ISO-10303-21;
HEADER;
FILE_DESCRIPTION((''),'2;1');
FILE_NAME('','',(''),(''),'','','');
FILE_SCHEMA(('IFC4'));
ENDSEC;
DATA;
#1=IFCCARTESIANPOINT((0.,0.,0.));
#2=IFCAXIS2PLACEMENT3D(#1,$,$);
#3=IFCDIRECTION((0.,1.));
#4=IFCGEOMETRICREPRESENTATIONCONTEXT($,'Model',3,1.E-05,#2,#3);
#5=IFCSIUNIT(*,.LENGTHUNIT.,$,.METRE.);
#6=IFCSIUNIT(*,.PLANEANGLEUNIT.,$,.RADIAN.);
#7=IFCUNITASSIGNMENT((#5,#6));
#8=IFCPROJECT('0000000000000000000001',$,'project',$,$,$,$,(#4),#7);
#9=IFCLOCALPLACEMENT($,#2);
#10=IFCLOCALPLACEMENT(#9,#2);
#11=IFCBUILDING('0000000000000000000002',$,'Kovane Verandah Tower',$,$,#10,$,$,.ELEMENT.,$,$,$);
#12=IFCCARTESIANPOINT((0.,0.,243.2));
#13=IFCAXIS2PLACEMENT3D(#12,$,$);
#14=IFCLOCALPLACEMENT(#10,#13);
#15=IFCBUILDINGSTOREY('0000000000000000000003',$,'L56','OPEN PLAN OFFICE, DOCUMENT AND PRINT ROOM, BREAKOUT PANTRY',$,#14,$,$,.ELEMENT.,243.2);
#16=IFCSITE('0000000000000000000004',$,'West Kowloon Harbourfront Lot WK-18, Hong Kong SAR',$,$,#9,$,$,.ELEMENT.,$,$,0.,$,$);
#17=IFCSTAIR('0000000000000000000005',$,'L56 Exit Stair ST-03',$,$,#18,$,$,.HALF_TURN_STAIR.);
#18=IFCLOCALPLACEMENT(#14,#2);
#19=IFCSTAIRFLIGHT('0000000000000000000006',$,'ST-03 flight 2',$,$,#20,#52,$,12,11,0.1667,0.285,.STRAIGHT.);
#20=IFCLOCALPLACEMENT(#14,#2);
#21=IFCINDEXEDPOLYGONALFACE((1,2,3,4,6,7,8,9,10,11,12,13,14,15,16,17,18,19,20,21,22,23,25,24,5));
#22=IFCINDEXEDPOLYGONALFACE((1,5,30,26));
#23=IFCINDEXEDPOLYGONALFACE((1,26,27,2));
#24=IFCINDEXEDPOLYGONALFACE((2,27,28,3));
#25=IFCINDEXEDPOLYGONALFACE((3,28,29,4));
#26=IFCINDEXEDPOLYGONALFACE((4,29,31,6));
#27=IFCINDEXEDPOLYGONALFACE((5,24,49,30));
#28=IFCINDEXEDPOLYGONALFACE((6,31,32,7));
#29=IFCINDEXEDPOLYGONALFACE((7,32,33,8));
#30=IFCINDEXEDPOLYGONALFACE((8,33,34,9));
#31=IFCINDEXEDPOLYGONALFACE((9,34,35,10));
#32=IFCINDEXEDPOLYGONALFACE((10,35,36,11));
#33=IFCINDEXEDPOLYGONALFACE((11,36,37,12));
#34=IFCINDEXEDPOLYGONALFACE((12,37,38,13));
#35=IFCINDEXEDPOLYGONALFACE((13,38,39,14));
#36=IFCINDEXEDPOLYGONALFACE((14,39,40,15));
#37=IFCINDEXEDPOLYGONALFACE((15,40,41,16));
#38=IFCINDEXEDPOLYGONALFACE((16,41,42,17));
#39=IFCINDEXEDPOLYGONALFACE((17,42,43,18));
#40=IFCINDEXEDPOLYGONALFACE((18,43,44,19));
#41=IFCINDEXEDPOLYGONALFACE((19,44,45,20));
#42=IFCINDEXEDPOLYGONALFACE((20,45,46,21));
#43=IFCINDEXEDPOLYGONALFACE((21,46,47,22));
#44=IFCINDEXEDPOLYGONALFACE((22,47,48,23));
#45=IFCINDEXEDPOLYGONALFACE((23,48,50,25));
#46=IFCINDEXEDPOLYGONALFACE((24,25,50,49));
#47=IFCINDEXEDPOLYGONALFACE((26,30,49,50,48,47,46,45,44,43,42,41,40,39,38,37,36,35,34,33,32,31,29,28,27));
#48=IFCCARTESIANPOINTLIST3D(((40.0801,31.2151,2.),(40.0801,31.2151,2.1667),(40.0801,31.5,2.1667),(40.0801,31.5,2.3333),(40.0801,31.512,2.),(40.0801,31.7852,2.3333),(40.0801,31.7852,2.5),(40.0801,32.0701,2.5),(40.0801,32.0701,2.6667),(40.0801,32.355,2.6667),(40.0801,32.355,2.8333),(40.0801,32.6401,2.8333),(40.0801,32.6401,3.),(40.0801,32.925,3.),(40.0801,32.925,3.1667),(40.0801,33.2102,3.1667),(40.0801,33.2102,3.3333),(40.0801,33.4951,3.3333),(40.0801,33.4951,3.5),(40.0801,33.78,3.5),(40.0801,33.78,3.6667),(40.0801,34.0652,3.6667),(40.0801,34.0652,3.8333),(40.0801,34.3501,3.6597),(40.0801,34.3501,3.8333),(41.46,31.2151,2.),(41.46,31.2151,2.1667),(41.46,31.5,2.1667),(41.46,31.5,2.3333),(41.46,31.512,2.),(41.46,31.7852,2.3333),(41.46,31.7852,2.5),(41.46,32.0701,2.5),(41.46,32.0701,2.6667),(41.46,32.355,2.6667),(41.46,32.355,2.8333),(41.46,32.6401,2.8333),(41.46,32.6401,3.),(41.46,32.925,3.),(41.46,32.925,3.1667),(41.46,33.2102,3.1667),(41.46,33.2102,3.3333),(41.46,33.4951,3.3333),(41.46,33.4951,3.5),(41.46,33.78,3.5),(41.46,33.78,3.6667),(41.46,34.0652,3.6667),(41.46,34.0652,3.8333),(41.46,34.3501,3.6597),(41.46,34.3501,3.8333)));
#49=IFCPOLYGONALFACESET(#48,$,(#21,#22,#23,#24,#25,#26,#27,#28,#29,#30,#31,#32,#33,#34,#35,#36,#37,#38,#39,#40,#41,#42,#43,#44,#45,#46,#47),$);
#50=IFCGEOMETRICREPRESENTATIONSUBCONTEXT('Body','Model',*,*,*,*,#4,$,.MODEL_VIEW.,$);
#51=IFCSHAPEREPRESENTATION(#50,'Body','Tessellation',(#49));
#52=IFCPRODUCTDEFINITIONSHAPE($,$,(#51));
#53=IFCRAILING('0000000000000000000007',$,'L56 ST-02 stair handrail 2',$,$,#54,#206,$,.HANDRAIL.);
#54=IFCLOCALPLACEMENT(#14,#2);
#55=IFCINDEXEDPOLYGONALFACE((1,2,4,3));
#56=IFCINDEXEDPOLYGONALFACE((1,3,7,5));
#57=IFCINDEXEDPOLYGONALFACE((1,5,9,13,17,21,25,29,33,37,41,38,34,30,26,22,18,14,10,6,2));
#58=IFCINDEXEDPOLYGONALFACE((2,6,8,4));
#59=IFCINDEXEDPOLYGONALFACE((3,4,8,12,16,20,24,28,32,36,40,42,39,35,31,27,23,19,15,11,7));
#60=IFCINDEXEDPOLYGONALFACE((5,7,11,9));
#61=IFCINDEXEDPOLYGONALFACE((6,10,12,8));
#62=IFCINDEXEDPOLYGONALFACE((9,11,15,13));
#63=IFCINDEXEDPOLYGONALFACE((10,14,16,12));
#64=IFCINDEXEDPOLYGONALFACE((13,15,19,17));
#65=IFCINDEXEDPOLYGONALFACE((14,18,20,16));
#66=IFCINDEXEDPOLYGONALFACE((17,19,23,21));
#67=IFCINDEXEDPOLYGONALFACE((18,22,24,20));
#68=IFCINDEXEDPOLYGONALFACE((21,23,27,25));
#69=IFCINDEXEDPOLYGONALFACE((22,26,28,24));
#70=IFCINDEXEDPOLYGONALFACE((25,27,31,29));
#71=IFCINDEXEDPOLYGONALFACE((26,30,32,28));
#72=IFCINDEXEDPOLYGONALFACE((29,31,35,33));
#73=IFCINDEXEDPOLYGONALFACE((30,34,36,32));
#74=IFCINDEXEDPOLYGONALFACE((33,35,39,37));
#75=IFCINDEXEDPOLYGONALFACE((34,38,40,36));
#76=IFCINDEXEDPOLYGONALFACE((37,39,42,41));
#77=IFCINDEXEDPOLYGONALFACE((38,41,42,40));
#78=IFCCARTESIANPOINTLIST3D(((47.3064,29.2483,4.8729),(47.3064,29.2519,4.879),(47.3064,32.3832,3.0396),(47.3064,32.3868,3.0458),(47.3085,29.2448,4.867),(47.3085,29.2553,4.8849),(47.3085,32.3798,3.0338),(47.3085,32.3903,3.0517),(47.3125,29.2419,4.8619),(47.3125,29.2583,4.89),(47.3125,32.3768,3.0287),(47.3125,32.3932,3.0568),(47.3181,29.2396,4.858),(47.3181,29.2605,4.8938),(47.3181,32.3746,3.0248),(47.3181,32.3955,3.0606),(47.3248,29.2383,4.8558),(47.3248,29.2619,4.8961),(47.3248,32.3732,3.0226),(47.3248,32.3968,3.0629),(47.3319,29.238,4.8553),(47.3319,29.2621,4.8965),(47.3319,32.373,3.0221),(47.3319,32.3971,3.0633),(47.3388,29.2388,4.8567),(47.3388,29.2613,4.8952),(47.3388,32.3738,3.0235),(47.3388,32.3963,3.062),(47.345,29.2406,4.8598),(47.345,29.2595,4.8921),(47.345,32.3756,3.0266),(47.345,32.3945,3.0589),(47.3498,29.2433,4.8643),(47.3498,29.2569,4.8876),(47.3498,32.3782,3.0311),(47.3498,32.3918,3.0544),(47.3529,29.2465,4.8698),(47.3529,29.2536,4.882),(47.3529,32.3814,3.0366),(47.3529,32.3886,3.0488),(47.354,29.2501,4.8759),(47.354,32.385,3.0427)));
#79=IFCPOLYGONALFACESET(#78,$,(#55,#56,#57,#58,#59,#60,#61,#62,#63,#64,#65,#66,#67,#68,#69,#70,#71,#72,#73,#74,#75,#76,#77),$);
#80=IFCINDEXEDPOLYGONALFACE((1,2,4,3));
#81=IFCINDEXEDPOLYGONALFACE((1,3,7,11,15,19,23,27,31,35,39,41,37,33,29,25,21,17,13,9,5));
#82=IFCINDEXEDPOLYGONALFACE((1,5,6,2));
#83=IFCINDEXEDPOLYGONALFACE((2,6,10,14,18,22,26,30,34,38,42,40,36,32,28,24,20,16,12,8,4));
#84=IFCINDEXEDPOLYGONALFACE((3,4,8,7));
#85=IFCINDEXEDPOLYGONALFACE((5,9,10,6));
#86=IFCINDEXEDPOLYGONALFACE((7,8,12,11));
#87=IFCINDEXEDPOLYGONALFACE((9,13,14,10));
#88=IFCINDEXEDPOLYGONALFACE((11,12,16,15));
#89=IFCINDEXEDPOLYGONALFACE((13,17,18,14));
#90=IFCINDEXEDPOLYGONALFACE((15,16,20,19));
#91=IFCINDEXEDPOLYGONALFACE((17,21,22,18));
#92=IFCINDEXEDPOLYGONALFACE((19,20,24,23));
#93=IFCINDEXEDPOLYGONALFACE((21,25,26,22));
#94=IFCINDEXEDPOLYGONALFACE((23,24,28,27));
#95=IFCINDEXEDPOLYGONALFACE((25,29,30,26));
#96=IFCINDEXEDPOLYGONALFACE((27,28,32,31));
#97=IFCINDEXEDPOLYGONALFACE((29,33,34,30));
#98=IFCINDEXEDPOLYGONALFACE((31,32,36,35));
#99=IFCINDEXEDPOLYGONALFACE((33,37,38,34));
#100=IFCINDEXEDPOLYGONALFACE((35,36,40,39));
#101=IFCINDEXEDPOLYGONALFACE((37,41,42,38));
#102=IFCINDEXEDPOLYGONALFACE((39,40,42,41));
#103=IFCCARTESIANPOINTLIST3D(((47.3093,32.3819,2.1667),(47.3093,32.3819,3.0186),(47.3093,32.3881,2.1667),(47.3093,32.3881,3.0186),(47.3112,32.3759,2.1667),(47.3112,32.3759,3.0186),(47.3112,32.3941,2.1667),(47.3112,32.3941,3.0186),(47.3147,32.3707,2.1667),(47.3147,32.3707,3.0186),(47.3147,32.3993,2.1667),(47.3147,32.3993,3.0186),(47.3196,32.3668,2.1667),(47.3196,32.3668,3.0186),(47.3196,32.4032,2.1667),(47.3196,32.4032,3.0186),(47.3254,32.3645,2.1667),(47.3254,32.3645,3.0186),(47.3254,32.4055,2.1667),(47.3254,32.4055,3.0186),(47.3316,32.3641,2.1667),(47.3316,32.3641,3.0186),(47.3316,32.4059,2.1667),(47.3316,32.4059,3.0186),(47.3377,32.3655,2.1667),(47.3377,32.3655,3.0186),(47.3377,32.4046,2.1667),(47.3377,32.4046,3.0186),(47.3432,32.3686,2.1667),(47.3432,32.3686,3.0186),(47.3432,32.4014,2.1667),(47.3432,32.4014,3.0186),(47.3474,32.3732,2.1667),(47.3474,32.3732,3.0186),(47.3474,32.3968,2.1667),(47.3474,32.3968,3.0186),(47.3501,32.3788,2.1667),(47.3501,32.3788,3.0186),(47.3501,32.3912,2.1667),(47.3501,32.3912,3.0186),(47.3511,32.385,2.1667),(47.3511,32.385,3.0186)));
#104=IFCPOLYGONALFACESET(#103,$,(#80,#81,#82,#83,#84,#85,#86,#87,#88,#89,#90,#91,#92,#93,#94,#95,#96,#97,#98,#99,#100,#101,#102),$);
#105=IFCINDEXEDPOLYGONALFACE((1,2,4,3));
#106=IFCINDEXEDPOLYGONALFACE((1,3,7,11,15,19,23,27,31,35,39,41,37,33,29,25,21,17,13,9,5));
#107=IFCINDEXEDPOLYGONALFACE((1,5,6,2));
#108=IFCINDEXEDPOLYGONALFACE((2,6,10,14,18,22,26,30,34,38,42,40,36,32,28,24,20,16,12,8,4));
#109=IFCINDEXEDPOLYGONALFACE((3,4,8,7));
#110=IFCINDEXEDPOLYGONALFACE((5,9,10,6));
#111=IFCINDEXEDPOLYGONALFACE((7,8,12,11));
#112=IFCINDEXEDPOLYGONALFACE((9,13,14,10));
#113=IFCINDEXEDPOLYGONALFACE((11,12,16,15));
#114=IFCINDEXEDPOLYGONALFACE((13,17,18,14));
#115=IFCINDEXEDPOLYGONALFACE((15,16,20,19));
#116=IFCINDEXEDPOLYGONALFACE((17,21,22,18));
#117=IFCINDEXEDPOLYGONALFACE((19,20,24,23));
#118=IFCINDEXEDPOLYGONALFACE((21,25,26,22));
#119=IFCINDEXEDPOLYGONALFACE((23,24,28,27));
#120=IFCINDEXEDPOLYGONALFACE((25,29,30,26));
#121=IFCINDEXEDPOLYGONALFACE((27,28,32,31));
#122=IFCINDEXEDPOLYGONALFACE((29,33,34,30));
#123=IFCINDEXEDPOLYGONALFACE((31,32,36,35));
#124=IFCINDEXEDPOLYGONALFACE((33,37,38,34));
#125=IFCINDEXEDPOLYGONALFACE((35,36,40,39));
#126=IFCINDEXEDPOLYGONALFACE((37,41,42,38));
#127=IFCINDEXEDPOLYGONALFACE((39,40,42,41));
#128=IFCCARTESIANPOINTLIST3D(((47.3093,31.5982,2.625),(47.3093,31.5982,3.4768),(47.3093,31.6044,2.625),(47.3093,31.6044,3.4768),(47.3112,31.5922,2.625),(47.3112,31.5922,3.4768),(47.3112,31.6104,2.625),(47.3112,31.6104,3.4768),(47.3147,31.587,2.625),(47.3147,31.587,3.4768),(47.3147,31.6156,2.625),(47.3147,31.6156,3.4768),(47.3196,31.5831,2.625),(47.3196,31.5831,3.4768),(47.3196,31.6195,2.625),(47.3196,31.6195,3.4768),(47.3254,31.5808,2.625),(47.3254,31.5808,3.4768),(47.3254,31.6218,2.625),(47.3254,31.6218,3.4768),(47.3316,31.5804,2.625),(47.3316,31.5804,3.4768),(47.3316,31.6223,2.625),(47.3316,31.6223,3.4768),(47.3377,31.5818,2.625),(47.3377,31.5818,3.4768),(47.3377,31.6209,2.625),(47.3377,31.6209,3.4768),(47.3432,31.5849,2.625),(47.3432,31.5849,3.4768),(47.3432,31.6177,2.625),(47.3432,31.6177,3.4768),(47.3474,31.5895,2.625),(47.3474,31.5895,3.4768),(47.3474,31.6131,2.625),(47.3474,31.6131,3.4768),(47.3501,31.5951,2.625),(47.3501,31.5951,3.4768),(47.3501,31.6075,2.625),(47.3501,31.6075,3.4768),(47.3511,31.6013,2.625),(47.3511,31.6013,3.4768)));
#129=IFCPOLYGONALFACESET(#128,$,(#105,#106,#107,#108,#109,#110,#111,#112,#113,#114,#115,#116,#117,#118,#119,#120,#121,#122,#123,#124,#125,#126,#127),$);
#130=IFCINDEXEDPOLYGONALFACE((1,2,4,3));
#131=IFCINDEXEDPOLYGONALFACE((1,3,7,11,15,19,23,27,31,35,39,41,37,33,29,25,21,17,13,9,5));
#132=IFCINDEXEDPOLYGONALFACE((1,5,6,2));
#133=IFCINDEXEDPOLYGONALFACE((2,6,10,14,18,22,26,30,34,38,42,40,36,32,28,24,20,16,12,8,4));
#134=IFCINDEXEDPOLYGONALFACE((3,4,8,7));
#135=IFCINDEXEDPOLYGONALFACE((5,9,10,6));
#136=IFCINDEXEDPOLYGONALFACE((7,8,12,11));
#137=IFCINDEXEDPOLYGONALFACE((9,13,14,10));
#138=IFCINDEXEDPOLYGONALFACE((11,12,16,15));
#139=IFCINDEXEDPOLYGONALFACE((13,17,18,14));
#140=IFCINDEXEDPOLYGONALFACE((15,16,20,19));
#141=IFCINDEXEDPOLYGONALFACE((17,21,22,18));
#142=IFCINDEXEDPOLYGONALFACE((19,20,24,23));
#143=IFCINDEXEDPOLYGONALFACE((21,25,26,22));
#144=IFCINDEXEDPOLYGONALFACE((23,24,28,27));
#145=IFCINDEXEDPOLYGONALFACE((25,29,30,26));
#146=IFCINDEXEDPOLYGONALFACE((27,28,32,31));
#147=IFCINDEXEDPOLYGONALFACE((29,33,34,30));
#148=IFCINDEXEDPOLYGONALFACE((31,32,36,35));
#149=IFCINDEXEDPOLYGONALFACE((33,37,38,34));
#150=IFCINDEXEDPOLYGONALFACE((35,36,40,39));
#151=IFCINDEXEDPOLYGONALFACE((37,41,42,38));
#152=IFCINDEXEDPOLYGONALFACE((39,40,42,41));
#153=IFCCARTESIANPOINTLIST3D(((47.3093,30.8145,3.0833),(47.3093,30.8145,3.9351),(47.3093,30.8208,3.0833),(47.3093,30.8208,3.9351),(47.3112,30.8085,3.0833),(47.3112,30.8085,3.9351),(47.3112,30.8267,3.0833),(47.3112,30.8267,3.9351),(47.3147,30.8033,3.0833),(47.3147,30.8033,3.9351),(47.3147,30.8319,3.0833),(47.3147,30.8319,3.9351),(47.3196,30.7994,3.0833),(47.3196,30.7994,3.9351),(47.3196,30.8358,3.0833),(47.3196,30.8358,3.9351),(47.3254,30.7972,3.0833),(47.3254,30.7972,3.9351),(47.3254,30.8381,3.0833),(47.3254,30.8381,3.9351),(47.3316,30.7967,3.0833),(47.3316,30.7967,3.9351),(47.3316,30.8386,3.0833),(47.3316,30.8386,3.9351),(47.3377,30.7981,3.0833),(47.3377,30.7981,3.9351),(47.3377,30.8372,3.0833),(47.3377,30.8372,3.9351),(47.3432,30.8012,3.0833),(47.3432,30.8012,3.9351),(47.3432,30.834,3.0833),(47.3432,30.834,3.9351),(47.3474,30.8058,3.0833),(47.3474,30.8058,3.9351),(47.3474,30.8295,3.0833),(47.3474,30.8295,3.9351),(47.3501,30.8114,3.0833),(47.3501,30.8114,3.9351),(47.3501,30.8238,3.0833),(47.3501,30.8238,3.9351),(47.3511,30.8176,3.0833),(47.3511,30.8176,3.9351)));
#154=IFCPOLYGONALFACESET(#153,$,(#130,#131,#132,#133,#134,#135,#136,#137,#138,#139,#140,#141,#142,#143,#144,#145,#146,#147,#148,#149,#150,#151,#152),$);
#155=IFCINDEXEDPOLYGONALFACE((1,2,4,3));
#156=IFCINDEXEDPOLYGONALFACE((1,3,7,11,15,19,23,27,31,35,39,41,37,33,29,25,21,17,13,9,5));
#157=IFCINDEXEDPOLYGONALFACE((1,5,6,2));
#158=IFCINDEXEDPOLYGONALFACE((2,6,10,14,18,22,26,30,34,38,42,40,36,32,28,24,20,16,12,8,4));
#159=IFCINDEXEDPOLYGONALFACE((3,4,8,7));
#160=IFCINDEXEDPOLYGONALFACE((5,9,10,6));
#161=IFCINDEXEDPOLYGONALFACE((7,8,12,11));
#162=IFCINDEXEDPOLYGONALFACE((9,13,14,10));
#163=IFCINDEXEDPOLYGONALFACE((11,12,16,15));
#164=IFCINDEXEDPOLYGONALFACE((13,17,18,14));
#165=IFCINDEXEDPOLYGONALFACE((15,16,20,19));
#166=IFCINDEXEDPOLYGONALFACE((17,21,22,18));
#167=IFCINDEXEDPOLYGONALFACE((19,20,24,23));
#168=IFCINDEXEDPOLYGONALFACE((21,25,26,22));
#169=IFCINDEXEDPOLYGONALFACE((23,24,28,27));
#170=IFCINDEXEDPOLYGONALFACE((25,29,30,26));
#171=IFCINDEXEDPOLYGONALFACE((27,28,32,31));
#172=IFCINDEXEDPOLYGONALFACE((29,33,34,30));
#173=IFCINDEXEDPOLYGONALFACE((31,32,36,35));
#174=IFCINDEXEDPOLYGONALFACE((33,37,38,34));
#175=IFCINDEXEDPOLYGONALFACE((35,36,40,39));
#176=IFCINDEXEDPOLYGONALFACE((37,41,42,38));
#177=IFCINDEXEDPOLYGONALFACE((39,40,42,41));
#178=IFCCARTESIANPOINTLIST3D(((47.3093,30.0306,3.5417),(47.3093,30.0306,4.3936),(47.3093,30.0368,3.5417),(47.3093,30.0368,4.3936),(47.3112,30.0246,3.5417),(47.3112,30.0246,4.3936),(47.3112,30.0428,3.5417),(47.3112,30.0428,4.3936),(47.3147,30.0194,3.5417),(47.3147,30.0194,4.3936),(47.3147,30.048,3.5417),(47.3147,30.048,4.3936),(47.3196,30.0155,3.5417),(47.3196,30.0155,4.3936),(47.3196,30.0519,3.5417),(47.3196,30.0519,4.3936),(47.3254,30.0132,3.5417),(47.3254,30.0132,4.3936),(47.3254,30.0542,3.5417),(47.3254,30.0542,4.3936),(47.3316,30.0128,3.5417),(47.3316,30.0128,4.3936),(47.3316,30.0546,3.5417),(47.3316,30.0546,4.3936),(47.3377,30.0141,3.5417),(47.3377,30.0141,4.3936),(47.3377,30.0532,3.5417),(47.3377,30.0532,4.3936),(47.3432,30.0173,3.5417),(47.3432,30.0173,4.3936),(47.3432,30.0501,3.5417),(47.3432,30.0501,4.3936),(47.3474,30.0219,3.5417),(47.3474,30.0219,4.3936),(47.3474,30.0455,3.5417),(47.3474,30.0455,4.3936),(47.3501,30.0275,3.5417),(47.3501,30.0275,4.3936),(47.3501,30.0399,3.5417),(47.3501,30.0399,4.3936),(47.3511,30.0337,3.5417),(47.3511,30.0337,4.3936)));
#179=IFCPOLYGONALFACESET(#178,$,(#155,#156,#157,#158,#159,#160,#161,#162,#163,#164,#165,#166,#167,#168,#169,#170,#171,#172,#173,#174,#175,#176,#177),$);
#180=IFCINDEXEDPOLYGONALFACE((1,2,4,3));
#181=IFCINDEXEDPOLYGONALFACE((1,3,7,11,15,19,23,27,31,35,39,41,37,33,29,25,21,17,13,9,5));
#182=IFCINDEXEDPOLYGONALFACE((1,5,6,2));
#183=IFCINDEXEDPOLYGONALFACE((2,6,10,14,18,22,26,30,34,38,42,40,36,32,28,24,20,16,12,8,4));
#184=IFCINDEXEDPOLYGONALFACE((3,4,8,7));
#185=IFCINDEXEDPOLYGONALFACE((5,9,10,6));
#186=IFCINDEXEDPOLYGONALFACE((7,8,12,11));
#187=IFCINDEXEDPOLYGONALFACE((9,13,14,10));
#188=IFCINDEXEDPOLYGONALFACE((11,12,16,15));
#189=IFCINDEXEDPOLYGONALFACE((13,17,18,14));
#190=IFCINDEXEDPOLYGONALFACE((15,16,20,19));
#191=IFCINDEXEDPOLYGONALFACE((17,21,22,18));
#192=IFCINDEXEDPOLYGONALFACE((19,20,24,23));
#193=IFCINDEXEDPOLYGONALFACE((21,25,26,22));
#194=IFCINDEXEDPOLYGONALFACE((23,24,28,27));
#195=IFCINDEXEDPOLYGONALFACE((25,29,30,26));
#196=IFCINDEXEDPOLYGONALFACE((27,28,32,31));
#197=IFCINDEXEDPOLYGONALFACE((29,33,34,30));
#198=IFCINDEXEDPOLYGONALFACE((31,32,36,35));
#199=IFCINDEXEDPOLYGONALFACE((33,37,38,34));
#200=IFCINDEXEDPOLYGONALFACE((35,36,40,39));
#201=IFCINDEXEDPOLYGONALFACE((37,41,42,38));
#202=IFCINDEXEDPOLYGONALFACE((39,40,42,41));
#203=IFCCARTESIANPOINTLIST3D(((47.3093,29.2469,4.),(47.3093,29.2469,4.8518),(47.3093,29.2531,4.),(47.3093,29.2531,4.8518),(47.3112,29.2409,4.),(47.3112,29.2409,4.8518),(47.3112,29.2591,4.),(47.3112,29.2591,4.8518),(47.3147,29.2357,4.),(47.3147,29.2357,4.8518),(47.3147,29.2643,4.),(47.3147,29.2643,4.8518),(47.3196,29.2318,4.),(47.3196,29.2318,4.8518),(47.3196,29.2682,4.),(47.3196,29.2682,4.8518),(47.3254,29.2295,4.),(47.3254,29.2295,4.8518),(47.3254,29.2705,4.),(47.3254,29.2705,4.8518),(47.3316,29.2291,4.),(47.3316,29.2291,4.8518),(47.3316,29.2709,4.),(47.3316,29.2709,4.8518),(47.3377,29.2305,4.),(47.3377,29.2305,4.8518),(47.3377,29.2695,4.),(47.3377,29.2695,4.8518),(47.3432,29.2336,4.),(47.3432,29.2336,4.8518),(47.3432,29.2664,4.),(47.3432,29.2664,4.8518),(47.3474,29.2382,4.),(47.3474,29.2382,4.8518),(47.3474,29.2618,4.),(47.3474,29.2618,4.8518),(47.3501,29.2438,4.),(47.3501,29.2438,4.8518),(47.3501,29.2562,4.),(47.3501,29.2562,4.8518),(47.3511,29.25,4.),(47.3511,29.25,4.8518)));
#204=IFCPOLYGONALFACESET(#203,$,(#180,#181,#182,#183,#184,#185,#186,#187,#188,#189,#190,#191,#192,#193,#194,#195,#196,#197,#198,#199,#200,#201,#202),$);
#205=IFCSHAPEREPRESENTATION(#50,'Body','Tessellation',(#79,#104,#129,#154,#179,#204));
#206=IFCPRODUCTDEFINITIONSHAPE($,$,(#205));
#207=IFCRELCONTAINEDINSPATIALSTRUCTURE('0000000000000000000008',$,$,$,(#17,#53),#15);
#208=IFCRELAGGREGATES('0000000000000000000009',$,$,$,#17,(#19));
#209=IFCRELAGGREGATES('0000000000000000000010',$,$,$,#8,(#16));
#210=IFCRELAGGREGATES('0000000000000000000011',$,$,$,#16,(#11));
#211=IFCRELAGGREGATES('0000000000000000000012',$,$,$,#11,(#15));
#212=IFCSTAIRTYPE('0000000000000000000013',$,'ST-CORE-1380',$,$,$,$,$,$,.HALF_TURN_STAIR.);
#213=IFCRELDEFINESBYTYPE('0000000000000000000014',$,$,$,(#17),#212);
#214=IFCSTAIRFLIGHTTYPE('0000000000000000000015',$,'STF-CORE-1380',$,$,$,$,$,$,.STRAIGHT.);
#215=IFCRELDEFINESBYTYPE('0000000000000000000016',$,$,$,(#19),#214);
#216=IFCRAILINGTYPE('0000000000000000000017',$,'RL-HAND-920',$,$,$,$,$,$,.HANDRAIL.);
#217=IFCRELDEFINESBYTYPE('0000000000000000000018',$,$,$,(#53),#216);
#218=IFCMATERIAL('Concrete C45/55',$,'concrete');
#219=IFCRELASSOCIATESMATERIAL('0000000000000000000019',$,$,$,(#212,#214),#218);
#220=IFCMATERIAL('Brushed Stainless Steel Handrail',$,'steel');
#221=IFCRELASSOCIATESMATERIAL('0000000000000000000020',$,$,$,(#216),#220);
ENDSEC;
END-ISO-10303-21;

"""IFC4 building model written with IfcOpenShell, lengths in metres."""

from ifc_helpers import new_model, si_unit, direction, frame, origin, origin_2d, place, context, subcontext, project, spatial, polyline, circle, outline, extrude, material, type_object, element, aggregate, save


model = new_model("IFC4")

# Units and contexts
model_context = context("Model", 3, precision=1e-05, world=origin(), true_north=direction((0.0, 1.0)))
body_context = subcontext(model_context, "Body", "Model", "MODEL_VIEW")
ifc_project = project(units=[si_unit("LENGTHUNIT", "METRE"), si_unit("PLANEANGLEUNIT", "RADIAN")], contexts=[model_context])

# Site, building, storey
site_placement = place(None, origin())
site = spatial("IfcSite", under=ifc_project, at=site_placement, Name="West Kowloon Harbourfront Lot WK-18, Hong Kong SAR", CompositionType="ELEMENT", RefElevation=0.0)
building_placement = place(site_placement, origin())
building = spatial("IfcBuilding", under=site, at=building_placement, Name="Kovane Verandah Tower", CompositionType="ELEMENT")
storey_placement = place(building_placement, frame((0.0, 0.0, 243.2)))
storey = spatial("IfcBuildingStorey", under=building, at=storey_placement, Name="L56", Description="OPEN PLAN OFFICE, DOCUMENT AND PRINT ROOM, BREAKOUT PANTRY", CompositionType="ELEMENT", Elevation=243.2)

# Shared definitions
ifc_material_1 = material(Name="Concrete C45/55", Category="concrete")

# Stair, stair flight
stair_type = type_object("IfcStairType", Name="ST-CORE-1380", PredefinedType="HALF_TURN_STAIR", material=ifc_material_1)
stair_flight_type = type_object("IfcStairFlightType", Name="STF-CORE-1380", PredefinedType="STRAIGHT", material=ifc_material_1)
stair_1_placement = place(storey_placement, origin())
stair_1 = element("IfcStair", 1, at=stair_1_placement, inside=storey, type_object=stair_type, Name="L56 Exit Stair ST-03", PredefinedType="HALF_TURN_STAIR")
stair_flight_1_placement = place(storey_placement, frame((40.77, 31.2151, 2.0), z_axis=(0.0, 0.0, 1.0), x_axis=(0.0, 1.0, 0.0)))
stair_flight_1 = element("IfcStairFlight", 2, at=stair_flight_1_placement, type_object=stair_flight_type, Name="ST-03 flight 2", NumberOfRisers=12, NumberOfTreads=11, PredefinedType="STRAIGHT", RiserHeight=0.1667, TreadLength=0.285, context=body_context, shape_type="SweptSolid", body=[
    extrude(outline(polyline([(0.0, 0.0), (0.0, 0.1667), (0.2849, 0.1667), (0.2849, 0.3333), (0.5701, 0.3333), (0.5701, 0.5), (0.855, 0.5), (0.855, 0.6667), (1.1399, 0.6667), (1.1399, 0.8333), (1.425, 0.8333), (1.425, 1.0), (1.71, 1.0), (1.71, 1.1667), (1.9951, 1.1667), (1.9951, 1.3333), (2.28, 1.3333), (2.28, 1.5), (2.5649, 1.5), (2.5649, 1.6667), (2.8501, 1.6667), (2.8501, 1.8333), (3.135, 1.8333), (3.135, 2.0), (3.135, 1.6597), (0.2969, 0.0), (0.0, 0.0)])), frame((0.0, 0.6899, 0.0), z_axis=(0.0, -1.0, 0.0), x_axis=(1.0, 0.0, 0.0)), (0.0, 0.0, 1.0), 1.3799),
])
aggregate(stair_1, [stair_flight_1])

# Railing
ifc_material_2 = material(Name="Brushed Stainless Steel Handrail", Category="steel")
railing_type_1 = type_object("IfcRailingType", Name="RL-HAND-920", PredefinedType="HANDRAIL", material=ifc_material_2)
railing_1_placement = place(storey_placement, frame((47.3301, 32.385, 2.1667)))
element("IfcRailing", 3, at=railing_1_placement, inside=storey, type_object=railing_type_1, Name="L56 ST-02 stair handrail 2", PredefinedType="HANDRAIL", context=body_context, shape_type="SweptSolid", body=[
    extrude(circle(Radius=0.0239, at=origin_2d()), frame((0.0, 0.0, 0.876), z_axis=(0.0, -0.86324, 0.504794), x_axis=(1.0, 0.0, 0.0)), (0.0, 0.0, 1.0), 3.6316),
    extrude(circle(Radius=0.021, at=origin_2d()), origin(), (0.0, 0.0, 1.0), 0.8518),
    extrude(circle(Radius=0.021, at=origin_2d()), frame((0.0, -0.7837, 0.4583)), (0.0, 0.0, 1.0), 0.8518),
    extrude(circle(Radius=0.021, at=origin_2d()), frame((0.0, -1.5674, 0.9165)), (0.0, 0.0, 1.0), 0.8518),
    extrude(circle(Radius=0.021, at=origin_2d()), frame((0.0, -2.3513, 1.375)), (0.0, 0.0, 1.0), 0.8518),
    extrude(circle(Radius=0.021, at=origin_2d()), frame((0.0, -3.135, 1.8333)), (0.0, 0.0, 1.0), 0.8518),
])

save(model, "model.ifc")
